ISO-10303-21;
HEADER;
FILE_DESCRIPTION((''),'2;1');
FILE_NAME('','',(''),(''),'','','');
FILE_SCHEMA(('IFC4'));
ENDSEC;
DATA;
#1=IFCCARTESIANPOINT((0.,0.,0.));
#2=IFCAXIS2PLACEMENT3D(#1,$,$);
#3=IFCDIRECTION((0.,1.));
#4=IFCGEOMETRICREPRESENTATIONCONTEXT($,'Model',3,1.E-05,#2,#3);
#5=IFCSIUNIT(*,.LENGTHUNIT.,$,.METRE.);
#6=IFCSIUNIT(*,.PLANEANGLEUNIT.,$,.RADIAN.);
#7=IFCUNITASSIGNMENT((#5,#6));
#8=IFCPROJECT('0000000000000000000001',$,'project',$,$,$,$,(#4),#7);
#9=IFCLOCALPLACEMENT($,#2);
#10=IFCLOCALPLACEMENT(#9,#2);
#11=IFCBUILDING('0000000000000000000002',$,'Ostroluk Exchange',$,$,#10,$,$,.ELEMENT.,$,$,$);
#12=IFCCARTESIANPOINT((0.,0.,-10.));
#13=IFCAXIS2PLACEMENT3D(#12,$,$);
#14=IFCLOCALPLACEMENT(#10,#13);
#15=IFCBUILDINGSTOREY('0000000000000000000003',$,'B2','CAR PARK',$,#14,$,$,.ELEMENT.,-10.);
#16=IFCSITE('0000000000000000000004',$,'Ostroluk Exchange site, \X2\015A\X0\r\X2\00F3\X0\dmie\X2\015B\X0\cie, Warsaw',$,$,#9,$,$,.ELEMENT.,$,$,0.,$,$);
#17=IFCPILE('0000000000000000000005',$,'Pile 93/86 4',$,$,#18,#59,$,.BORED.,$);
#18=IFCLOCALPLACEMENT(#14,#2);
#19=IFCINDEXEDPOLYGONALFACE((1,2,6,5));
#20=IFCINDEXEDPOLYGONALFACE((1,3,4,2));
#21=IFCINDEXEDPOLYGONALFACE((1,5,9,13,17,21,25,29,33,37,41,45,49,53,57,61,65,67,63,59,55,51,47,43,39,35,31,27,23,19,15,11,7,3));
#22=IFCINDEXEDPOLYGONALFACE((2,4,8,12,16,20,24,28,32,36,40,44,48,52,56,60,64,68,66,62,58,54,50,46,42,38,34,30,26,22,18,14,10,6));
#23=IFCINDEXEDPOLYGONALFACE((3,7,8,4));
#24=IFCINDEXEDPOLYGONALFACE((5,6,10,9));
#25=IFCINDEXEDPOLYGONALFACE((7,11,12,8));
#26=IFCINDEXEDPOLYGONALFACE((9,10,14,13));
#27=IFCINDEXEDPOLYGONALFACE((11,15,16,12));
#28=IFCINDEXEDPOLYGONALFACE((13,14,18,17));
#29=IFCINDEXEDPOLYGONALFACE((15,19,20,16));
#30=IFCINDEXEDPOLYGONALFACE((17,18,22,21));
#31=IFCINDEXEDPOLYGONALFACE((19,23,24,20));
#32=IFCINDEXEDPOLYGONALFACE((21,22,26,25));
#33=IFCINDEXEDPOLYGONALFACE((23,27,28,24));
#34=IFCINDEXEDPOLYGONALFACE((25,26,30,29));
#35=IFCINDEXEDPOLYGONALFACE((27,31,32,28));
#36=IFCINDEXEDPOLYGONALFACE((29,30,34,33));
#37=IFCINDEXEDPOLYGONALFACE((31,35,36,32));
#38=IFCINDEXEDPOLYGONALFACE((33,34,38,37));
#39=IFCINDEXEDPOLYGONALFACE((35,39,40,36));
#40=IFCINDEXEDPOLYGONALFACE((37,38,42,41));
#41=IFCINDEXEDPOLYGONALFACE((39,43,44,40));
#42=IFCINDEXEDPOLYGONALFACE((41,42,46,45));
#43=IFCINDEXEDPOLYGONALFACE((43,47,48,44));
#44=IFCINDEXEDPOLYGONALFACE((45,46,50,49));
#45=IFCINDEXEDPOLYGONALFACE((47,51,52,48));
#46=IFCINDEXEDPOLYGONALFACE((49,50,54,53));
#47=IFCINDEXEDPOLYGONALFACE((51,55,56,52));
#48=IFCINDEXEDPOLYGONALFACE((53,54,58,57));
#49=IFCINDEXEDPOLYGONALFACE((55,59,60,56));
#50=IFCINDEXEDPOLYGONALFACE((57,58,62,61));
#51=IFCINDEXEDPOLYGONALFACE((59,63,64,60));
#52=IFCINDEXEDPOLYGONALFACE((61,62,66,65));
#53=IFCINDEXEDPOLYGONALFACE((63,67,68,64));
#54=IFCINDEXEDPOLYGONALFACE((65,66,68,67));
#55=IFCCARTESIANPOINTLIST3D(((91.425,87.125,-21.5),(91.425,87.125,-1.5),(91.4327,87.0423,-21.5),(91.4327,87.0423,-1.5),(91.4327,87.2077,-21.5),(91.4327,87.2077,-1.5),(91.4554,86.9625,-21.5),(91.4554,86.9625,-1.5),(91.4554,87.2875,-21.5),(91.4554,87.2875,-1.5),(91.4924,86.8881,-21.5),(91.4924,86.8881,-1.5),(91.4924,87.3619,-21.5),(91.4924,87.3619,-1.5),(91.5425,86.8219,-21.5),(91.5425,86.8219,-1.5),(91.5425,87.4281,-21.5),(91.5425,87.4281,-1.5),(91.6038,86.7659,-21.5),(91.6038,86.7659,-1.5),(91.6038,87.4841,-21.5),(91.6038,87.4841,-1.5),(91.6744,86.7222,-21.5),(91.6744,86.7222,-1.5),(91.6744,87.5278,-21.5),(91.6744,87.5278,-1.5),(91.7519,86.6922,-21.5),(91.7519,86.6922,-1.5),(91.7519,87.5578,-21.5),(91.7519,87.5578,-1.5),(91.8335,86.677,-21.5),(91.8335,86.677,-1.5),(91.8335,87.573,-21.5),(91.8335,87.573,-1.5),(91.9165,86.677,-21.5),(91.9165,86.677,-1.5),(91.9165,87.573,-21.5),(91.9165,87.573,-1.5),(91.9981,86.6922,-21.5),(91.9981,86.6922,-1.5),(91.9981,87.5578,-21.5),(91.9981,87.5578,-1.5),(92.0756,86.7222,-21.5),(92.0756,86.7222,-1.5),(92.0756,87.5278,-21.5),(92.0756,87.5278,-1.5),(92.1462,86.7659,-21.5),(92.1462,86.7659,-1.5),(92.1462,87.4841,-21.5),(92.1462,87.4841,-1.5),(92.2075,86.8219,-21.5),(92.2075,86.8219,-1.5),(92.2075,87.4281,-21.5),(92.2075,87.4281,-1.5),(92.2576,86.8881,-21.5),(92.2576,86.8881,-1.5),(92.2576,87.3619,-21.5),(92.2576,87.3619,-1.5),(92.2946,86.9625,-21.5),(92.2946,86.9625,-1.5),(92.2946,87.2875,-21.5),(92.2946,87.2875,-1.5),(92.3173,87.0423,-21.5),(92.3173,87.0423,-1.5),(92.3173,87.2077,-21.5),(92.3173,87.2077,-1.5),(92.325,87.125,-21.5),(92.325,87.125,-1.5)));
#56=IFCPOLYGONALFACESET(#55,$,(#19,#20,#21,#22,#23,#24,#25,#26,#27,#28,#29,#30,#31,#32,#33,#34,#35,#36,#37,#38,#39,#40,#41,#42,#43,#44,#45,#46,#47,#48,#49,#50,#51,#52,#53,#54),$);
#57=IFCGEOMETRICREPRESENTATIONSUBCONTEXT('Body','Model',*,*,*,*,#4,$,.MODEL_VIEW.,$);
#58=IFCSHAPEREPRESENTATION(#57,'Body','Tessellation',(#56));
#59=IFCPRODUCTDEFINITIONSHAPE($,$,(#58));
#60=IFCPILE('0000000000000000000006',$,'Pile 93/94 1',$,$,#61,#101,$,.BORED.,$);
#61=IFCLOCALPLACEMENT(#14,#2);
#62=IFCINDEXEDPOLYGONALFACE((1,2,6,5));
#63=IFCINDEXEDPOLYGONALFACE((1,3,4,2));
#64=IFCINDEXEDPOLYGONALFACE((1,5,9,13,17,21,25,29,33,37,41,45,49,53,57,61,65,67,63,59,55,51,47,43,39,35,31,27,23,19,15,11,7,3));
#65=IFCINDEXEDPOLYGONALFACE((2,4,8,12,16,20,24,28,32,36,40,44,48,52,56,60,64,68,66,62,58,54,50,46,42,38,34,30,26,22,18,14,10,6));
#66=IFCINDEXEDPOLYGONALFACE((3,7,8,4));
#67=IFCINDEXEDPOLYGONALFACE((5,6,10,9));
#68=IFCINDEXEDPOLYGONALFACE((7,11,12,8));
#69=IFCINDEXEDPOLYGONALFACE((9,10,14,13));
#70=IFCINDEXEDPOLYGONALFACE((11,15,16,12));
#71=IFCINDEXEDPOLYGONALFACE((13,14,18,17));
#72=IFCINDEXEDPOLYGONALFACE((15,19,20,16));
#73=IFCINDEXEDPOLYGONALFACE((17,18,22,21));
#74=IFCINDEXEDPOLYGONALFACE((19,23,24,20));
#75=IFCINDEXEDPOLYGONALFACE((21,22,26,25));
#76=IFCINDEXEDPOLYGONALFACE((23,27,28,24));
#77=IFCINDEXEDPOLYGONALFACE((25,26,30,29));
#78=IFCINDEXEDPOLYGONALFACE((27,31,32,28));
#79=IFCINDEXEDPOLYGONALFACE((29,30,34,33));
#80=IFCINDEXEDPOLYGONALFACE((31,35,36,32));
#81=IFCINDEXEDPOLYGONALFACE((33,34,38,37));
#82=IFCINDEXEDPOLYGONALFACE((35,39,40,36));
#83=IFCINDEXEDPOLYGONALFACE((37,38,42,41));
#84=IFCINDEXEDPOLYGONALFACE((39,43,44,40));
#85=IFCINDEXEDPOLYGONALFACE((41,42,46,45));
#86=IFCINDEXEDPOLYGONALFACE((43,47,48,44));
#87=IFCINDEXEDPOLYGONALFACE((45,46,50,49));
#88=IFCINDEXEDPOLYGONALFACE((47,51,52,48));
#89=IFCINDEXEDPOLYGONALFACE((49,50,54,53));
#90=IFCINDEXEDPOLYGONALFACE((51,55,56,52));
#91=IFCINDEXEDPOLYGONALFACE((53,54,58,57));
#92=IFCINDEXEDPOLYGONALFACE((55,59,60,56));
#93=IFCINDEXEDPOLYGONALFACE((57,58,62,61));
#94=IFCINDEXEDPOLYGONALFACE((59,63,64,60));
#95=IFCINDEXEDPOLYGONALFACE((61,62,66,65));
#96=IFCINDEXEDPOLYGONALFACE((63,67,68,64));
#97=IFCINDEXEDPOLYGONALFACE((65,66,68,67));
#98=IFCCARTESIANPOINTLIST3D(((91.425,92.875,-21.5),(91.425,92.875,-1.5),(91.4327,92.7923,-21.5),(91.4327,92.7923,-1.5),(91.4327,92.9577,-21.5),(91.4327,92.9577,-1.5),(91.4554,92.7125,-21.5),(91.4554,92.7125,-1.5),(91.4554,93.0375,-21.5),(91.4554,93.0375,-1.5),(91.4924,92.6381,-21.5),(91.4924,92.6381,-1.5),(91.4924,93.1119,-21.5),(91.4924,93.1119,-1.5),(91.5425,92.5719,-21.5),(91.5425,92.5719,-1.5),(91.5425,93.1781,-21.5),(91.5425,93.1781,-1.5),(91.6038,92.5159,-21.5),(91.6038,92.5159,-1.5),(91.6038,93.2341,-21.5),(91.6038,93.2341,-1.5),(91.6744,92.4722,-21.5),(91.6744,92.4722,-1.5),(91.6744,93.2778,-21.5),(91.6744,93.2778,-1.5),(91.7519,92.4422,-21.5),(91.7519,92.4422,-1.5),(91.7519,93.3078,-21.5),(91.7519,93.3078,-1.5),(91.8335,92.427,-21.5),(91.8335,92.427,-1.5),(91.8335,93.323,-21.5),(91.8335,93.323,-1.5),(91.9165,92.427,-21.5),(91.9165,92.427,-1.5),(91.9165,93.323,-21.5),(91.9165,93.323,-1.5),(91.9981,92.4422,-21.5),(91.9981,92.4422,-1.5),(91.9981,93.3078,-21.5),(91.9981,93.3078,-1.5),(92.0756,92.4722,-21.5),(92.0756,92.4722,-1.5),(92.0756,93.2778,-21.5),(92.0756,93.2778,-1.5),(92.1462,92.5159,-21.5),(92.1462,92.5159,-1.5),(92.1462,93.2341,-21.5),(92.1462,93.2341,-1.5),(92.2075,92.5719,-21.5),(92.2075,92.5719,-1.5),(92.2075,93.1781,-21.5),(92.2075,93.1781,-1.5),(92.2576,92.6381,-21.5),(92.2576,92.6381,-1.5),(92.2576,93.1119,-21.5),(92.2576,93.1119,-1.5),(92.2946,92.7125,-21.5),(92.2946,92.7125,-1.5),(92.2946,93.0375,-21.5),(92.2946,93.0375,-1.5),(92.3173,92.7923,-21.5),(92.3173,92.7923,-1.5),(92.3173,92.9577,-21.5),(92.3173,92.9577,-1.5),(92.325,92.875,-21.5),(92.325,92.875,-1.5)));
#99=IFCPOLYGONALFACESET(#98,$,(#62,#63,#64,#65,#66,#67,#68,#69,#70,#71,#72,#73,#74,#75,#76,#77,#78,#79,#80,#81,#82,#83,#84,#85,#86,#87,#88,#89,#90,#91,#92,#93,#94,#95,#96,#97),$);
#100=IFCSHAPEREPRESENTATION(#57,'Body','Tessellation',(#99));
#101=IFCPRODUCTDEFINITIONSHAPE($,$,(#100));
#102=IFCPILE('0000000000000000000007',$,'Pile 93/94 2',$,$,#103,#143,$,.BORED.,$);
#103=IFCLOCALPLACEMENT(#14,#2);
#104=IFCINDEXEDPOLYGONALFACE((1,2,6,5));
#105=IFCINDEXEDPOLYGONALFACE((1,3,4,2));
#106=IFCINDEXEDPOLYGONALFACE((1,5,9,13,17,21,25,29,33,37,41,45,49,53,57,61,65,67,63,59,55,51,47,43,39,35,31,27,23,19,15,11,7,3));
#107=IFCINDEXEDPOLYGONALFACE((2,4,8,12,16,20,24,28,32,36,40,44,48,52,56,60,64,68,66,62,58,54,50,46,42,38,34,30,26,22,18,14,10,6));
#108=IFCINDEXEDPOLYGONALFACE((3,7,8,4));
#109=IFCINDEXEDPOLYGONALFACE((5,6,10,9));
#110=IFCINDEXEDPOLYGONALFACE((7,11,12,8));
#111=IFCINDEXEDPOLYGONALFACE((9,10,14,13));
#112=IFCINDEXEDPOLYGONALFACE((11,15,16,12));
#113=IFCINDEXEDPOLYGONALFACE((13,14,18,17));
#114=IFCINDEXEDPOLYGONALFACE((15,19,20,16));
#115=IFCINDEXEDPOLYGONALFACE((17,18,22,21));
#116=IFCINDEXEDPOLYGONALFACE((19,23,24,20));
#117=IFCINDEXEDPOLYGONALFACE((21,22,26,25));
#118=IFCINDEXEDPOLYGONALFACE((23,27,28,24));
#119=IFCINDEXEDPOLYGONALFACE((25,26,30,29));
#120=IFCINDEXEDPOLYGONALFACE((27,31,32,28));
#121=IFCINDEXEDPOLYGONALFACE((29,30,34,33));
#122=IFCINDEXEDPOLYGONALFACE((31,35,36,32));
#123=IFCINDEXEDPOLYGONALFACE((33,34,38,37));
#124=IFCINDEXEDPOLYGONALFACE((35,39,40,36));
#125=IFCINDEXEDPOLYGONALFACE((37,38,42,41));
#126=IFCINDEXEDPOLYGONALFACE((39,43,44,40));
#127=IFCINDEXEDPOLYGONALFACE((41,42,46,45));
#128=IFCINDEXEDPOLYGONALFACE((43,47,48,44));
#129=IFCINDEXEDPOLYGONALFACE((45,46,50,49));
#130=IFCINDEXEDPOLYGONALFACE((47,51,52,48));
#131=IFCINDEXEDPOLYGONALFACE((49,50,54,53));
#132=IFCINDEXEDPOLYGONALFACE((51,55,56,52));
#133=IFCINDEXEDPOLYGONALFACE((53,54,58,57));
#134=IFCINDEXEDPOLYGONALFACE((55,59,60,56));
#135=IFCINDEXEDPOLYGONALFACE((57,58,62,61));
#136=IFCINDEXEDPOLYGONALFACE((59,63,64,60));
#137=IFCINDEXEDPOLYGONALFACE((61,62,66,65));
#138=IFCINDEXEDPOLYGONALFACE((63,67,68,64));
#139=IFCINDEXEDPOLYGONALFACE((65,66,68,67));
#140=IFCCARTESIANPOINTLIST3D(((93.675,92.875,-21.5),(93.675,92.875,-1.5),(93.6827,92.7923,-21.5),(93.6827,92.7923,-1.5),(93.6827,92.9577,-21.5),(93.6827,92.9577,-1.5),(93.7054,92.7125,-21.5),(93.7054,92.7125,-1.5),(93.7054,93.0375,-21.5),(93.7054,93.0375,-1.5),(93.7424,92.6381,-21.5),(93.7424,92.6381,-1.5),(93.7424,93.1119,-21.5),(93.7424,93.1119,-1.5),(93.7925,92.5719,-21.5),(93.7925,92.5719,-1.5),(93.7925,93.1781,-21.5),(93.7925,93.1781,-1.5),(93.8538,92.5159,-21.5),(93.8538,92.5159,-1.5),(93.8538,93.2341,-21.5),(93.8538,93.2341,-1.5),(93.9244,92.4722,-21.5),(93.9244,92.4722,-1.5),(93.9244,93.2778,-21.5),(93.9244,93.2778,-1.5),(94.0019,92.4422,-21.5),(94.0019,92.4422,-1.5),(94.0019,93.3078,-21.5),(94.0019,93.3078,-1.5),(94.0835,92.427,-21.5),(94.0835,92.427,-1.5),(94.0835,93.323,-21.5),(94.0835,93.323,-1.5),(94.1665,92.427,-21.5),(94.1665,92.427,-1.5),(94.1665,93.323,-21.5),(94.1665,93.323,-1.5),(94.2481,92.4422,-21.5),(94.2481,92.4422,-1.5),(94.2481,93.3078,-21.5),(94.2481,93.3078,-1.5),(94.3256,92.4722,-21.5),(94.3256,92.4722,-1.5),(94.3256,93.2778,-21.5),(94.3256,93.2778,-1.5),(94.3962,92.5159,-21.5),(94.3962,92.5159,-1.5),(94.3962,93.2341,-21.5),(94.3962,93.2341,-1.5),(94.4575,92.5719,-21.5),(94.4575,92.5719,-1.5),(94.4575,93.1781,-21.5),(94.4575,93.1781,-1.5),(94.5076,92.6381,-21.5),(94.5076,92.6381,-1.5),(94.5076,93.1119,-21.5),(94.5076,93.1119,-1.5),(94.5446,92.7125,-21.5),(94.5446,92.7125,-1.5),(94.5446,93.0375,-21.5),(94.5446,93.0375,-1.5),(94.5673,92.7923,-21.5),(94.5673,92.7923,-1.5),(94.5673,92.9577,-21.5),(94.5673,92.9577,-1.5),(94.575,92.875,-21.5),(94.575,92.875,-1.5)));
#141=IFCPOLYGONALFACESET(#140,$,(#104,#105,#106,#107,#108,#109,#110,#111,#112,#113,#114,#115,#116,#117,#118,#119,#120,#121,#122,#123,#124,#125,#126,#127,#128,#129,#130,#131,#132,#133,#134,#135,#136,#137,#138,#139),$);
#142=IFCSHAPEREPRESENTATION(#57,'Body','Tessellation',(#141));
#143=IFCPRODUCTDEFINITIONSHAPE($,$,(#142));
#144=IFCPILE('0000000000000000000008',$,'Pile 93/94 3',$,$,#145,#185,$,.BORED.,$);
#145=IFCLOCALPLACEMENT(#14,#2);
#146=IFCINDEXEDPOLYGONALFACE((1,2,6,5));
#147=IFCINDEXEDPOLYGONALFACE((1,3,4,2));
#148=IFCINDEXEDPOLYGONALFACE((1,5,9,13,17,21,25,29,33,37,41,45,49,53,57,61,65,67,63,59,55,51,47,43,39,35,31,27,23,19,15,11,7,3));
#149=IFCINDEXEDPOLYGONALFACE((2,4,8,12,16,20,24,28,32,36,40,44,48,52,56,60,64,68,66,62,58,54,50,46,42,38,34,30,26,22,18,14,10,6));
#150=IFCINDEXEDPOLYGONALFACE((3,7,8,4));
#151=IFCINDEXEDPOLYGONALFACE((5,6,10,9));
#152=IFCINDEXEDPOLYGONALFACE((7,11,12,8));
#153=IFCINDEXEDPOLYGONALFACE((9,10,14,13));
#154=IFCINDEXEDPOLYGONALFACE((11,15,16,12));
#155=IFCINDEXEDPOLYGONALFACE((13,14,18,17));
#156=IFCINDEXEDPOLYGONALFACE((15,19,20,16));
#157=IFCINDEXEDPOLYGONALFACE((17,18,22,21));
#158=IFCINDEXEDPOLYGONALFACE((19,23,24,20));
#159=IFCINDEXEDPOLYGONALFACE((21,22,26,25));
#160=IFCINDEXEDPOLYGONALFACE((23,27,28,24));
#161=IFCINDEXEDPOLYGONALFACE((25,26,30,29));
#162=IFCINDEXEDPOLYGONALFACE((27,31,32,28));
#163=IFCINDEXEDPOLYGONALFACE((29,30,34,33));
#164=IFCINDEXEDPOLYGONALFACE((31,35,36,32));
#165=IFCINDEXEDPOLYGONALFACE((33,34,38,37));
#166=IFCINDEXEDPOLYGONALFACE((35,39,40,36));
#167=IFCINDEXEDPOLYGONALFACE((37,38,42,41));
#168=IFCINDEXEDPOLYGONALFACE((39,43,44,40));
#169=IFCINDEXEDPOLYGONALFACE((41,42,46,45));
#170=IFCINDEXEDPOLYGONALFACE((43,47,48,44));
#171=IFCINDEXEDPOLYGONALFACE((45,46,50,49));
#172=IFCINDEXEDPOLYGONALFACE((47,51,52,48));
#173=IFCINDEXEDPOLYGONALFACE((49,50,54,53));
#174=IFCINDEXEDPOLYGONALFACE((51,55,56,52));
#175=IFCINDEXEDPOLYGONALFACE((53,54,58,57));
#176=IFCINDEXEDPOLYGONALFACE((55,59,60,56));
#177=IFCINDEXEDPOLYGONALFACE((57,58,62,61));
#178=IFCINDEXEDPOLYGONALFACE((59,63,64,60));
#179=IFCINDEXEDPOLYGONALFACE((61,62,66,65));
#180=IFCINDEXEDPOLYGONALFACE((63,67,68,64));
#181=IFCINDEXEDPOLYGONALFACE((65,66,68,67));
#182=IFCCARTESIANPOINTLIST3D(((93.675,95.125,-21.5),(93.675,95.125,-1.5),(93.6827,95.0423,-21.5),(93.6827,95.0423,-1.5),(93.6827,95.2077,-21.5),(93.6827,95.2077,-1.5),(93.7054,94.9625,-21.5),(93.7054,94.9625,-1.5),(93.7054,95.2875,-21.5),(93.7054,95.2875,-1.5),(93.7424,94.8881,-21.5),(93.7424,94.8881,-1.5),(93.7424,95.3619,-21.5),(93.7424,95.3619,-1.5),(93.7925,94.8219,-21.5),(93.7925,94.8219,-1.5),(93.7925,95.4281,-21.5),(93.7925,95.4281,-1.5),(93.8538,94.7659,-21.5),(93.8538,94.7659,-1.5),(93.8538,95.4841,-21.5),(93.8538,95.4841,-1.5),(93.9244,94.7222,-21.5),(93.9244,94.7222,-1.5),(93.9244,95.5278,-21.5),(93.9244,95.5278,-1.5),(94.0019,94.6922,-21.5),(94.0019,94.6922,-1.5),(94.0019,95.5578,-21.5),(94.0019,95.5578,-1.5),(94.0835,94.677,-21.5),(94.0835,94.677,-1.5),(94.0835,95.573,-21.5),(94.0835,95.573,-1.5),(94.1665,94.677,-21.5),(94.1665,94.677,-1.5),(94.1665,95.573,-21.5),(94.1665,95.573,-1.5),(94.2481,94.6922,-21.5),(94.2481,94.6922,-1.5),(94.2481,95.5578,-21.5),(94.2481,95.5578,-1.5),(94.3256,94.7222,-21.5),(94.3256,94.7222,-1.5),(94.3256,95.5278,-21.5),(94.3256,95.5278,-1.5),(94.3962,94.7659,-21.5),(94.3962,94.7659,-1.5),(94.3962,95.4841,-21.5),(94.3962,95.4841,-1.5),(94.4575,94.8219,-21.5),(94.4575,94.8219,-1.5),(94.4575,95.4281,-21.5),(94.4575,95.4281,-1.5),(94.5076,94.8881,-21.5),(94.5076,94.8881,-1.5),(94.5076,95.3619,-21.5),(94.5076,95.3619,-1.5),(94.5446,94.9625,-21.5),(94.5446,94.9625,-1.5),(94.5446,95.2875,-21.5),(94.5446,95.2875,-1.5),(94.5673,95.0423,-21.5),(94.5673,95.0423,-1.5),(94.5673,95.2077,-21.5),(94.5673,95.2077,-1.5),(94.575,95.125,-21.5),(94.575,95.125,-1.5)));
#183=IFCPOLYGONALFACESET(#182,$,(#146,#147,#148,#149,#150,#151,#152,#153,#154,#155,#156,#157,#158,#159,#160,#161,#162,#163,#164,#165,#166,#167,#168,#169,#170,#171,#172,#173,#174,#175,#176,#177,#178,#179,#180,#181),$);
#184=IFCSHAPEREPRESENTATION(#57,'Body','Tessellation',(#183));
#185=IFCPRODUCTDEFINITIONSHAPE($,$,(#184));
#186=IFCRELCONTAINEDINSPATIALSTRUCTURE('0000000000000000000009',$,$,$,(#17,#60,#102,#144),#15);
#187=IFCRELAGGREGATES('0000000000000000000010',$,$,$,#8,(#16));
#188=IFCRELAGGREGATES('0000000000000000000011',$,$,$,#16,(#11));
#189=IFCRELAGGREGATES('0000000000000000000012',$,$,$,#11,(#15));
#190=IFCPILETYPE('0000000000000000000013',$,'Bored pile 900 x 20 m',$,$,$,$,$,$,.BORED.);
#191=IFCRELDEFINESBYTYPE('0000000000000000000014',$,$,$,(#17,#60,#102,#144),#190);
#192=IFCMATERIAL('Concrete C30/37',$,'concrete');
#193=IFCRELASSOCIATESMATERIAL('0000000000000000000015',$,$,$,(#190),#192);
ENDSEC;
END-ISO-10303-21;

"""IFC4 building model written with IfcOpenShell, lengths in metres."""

from ifc_helpers import new_model, si_unit, direction, frame, origin, origin_2d, place, context, subcontext, project, spatial, circle, extrude, material, type_object, element, save


model = new_model("IFC4")

# Units and contexts
model_context = context("Model", 3, precision=1e-05, world=origin(), true_north=direction((0.0, 1.0)))
body_context = subcontext(model_context, "Body", "Model", "MODEL_VIEW")
ifc_project = project(units=[si_unit("LENGTHUNIT", "METRE"), si_unit("PLANEANGLEUNIT", "RADIAN")], contexts=[model_context])

# Site, building, storey
site_placement = place(None, origin())
site = spatial("IfcSite", under=ifc_project, at=site_placement, Name="Ostroluk Exchange site, Śródmieście, Warsaw", CompositionType="ELEMENT", RefElevation=0.0)
building_placement = place(site_placement, origin())
building = spatial("IfcBuilding", under=site, at=building_placement, Name="Ostroluk Exchange", CompositionType="ELEMENT")
storey_placement = place(building_placement, frame((0.0, 0.0, -10.0)))
storey = spatial("IfcBuildingStorey", under=building, at=storey_placement, Name="B2", Description="CAR PARK", CompositionType="ELEMENT", Elevation=-10.0)

# Piles
ifc_material_1 = material(Name="Concrete C30/37", Category="concrete")
pile_type = type_object("IfcPileType", Name="Bored pile 900 x 20 m", PredefinedType="BORED", material=ifc_material_1)
for number, where, z_axis, x_axis, name in (
    (1, (91.875, 87.125, -1.5), (0.0, 0.0, -1.0), (1.0, 0.0, 0.0), "Pile 93/86 4"),
    (2, (91.875, 92.875, -1.5), (0.0, 0.0, -1.0), (1.0, 0.0, 0.0), "Pile 93/94 1"),
    (3, (94.125, 92.875, -1.5), (0.0, 0.0, -1.0), (1.0, 0.0, 0.0), "Pile 93/94 2"),
    (4, (94.125, 95.125, -1.5), (0.0, 0.0, -1.0), (1.0, 0.0, 0.0), "Pile 93/94 3"),
):
    element("IfcPile", number, at=place(storey_placement, frame(where, z_axis=z_axis, x_axis=x_axis)), inside=storey, type_object=pile_type, Name=name, PredefinedType="BORED", context=body_context, shape_type="SweptSolid", body=[
        extrude(circle(Radius=0.45, at=origin_2d()), origin(), (0.0, 0.0, 1.0), 20.0),
    ])

save(model, "model.ifc")
